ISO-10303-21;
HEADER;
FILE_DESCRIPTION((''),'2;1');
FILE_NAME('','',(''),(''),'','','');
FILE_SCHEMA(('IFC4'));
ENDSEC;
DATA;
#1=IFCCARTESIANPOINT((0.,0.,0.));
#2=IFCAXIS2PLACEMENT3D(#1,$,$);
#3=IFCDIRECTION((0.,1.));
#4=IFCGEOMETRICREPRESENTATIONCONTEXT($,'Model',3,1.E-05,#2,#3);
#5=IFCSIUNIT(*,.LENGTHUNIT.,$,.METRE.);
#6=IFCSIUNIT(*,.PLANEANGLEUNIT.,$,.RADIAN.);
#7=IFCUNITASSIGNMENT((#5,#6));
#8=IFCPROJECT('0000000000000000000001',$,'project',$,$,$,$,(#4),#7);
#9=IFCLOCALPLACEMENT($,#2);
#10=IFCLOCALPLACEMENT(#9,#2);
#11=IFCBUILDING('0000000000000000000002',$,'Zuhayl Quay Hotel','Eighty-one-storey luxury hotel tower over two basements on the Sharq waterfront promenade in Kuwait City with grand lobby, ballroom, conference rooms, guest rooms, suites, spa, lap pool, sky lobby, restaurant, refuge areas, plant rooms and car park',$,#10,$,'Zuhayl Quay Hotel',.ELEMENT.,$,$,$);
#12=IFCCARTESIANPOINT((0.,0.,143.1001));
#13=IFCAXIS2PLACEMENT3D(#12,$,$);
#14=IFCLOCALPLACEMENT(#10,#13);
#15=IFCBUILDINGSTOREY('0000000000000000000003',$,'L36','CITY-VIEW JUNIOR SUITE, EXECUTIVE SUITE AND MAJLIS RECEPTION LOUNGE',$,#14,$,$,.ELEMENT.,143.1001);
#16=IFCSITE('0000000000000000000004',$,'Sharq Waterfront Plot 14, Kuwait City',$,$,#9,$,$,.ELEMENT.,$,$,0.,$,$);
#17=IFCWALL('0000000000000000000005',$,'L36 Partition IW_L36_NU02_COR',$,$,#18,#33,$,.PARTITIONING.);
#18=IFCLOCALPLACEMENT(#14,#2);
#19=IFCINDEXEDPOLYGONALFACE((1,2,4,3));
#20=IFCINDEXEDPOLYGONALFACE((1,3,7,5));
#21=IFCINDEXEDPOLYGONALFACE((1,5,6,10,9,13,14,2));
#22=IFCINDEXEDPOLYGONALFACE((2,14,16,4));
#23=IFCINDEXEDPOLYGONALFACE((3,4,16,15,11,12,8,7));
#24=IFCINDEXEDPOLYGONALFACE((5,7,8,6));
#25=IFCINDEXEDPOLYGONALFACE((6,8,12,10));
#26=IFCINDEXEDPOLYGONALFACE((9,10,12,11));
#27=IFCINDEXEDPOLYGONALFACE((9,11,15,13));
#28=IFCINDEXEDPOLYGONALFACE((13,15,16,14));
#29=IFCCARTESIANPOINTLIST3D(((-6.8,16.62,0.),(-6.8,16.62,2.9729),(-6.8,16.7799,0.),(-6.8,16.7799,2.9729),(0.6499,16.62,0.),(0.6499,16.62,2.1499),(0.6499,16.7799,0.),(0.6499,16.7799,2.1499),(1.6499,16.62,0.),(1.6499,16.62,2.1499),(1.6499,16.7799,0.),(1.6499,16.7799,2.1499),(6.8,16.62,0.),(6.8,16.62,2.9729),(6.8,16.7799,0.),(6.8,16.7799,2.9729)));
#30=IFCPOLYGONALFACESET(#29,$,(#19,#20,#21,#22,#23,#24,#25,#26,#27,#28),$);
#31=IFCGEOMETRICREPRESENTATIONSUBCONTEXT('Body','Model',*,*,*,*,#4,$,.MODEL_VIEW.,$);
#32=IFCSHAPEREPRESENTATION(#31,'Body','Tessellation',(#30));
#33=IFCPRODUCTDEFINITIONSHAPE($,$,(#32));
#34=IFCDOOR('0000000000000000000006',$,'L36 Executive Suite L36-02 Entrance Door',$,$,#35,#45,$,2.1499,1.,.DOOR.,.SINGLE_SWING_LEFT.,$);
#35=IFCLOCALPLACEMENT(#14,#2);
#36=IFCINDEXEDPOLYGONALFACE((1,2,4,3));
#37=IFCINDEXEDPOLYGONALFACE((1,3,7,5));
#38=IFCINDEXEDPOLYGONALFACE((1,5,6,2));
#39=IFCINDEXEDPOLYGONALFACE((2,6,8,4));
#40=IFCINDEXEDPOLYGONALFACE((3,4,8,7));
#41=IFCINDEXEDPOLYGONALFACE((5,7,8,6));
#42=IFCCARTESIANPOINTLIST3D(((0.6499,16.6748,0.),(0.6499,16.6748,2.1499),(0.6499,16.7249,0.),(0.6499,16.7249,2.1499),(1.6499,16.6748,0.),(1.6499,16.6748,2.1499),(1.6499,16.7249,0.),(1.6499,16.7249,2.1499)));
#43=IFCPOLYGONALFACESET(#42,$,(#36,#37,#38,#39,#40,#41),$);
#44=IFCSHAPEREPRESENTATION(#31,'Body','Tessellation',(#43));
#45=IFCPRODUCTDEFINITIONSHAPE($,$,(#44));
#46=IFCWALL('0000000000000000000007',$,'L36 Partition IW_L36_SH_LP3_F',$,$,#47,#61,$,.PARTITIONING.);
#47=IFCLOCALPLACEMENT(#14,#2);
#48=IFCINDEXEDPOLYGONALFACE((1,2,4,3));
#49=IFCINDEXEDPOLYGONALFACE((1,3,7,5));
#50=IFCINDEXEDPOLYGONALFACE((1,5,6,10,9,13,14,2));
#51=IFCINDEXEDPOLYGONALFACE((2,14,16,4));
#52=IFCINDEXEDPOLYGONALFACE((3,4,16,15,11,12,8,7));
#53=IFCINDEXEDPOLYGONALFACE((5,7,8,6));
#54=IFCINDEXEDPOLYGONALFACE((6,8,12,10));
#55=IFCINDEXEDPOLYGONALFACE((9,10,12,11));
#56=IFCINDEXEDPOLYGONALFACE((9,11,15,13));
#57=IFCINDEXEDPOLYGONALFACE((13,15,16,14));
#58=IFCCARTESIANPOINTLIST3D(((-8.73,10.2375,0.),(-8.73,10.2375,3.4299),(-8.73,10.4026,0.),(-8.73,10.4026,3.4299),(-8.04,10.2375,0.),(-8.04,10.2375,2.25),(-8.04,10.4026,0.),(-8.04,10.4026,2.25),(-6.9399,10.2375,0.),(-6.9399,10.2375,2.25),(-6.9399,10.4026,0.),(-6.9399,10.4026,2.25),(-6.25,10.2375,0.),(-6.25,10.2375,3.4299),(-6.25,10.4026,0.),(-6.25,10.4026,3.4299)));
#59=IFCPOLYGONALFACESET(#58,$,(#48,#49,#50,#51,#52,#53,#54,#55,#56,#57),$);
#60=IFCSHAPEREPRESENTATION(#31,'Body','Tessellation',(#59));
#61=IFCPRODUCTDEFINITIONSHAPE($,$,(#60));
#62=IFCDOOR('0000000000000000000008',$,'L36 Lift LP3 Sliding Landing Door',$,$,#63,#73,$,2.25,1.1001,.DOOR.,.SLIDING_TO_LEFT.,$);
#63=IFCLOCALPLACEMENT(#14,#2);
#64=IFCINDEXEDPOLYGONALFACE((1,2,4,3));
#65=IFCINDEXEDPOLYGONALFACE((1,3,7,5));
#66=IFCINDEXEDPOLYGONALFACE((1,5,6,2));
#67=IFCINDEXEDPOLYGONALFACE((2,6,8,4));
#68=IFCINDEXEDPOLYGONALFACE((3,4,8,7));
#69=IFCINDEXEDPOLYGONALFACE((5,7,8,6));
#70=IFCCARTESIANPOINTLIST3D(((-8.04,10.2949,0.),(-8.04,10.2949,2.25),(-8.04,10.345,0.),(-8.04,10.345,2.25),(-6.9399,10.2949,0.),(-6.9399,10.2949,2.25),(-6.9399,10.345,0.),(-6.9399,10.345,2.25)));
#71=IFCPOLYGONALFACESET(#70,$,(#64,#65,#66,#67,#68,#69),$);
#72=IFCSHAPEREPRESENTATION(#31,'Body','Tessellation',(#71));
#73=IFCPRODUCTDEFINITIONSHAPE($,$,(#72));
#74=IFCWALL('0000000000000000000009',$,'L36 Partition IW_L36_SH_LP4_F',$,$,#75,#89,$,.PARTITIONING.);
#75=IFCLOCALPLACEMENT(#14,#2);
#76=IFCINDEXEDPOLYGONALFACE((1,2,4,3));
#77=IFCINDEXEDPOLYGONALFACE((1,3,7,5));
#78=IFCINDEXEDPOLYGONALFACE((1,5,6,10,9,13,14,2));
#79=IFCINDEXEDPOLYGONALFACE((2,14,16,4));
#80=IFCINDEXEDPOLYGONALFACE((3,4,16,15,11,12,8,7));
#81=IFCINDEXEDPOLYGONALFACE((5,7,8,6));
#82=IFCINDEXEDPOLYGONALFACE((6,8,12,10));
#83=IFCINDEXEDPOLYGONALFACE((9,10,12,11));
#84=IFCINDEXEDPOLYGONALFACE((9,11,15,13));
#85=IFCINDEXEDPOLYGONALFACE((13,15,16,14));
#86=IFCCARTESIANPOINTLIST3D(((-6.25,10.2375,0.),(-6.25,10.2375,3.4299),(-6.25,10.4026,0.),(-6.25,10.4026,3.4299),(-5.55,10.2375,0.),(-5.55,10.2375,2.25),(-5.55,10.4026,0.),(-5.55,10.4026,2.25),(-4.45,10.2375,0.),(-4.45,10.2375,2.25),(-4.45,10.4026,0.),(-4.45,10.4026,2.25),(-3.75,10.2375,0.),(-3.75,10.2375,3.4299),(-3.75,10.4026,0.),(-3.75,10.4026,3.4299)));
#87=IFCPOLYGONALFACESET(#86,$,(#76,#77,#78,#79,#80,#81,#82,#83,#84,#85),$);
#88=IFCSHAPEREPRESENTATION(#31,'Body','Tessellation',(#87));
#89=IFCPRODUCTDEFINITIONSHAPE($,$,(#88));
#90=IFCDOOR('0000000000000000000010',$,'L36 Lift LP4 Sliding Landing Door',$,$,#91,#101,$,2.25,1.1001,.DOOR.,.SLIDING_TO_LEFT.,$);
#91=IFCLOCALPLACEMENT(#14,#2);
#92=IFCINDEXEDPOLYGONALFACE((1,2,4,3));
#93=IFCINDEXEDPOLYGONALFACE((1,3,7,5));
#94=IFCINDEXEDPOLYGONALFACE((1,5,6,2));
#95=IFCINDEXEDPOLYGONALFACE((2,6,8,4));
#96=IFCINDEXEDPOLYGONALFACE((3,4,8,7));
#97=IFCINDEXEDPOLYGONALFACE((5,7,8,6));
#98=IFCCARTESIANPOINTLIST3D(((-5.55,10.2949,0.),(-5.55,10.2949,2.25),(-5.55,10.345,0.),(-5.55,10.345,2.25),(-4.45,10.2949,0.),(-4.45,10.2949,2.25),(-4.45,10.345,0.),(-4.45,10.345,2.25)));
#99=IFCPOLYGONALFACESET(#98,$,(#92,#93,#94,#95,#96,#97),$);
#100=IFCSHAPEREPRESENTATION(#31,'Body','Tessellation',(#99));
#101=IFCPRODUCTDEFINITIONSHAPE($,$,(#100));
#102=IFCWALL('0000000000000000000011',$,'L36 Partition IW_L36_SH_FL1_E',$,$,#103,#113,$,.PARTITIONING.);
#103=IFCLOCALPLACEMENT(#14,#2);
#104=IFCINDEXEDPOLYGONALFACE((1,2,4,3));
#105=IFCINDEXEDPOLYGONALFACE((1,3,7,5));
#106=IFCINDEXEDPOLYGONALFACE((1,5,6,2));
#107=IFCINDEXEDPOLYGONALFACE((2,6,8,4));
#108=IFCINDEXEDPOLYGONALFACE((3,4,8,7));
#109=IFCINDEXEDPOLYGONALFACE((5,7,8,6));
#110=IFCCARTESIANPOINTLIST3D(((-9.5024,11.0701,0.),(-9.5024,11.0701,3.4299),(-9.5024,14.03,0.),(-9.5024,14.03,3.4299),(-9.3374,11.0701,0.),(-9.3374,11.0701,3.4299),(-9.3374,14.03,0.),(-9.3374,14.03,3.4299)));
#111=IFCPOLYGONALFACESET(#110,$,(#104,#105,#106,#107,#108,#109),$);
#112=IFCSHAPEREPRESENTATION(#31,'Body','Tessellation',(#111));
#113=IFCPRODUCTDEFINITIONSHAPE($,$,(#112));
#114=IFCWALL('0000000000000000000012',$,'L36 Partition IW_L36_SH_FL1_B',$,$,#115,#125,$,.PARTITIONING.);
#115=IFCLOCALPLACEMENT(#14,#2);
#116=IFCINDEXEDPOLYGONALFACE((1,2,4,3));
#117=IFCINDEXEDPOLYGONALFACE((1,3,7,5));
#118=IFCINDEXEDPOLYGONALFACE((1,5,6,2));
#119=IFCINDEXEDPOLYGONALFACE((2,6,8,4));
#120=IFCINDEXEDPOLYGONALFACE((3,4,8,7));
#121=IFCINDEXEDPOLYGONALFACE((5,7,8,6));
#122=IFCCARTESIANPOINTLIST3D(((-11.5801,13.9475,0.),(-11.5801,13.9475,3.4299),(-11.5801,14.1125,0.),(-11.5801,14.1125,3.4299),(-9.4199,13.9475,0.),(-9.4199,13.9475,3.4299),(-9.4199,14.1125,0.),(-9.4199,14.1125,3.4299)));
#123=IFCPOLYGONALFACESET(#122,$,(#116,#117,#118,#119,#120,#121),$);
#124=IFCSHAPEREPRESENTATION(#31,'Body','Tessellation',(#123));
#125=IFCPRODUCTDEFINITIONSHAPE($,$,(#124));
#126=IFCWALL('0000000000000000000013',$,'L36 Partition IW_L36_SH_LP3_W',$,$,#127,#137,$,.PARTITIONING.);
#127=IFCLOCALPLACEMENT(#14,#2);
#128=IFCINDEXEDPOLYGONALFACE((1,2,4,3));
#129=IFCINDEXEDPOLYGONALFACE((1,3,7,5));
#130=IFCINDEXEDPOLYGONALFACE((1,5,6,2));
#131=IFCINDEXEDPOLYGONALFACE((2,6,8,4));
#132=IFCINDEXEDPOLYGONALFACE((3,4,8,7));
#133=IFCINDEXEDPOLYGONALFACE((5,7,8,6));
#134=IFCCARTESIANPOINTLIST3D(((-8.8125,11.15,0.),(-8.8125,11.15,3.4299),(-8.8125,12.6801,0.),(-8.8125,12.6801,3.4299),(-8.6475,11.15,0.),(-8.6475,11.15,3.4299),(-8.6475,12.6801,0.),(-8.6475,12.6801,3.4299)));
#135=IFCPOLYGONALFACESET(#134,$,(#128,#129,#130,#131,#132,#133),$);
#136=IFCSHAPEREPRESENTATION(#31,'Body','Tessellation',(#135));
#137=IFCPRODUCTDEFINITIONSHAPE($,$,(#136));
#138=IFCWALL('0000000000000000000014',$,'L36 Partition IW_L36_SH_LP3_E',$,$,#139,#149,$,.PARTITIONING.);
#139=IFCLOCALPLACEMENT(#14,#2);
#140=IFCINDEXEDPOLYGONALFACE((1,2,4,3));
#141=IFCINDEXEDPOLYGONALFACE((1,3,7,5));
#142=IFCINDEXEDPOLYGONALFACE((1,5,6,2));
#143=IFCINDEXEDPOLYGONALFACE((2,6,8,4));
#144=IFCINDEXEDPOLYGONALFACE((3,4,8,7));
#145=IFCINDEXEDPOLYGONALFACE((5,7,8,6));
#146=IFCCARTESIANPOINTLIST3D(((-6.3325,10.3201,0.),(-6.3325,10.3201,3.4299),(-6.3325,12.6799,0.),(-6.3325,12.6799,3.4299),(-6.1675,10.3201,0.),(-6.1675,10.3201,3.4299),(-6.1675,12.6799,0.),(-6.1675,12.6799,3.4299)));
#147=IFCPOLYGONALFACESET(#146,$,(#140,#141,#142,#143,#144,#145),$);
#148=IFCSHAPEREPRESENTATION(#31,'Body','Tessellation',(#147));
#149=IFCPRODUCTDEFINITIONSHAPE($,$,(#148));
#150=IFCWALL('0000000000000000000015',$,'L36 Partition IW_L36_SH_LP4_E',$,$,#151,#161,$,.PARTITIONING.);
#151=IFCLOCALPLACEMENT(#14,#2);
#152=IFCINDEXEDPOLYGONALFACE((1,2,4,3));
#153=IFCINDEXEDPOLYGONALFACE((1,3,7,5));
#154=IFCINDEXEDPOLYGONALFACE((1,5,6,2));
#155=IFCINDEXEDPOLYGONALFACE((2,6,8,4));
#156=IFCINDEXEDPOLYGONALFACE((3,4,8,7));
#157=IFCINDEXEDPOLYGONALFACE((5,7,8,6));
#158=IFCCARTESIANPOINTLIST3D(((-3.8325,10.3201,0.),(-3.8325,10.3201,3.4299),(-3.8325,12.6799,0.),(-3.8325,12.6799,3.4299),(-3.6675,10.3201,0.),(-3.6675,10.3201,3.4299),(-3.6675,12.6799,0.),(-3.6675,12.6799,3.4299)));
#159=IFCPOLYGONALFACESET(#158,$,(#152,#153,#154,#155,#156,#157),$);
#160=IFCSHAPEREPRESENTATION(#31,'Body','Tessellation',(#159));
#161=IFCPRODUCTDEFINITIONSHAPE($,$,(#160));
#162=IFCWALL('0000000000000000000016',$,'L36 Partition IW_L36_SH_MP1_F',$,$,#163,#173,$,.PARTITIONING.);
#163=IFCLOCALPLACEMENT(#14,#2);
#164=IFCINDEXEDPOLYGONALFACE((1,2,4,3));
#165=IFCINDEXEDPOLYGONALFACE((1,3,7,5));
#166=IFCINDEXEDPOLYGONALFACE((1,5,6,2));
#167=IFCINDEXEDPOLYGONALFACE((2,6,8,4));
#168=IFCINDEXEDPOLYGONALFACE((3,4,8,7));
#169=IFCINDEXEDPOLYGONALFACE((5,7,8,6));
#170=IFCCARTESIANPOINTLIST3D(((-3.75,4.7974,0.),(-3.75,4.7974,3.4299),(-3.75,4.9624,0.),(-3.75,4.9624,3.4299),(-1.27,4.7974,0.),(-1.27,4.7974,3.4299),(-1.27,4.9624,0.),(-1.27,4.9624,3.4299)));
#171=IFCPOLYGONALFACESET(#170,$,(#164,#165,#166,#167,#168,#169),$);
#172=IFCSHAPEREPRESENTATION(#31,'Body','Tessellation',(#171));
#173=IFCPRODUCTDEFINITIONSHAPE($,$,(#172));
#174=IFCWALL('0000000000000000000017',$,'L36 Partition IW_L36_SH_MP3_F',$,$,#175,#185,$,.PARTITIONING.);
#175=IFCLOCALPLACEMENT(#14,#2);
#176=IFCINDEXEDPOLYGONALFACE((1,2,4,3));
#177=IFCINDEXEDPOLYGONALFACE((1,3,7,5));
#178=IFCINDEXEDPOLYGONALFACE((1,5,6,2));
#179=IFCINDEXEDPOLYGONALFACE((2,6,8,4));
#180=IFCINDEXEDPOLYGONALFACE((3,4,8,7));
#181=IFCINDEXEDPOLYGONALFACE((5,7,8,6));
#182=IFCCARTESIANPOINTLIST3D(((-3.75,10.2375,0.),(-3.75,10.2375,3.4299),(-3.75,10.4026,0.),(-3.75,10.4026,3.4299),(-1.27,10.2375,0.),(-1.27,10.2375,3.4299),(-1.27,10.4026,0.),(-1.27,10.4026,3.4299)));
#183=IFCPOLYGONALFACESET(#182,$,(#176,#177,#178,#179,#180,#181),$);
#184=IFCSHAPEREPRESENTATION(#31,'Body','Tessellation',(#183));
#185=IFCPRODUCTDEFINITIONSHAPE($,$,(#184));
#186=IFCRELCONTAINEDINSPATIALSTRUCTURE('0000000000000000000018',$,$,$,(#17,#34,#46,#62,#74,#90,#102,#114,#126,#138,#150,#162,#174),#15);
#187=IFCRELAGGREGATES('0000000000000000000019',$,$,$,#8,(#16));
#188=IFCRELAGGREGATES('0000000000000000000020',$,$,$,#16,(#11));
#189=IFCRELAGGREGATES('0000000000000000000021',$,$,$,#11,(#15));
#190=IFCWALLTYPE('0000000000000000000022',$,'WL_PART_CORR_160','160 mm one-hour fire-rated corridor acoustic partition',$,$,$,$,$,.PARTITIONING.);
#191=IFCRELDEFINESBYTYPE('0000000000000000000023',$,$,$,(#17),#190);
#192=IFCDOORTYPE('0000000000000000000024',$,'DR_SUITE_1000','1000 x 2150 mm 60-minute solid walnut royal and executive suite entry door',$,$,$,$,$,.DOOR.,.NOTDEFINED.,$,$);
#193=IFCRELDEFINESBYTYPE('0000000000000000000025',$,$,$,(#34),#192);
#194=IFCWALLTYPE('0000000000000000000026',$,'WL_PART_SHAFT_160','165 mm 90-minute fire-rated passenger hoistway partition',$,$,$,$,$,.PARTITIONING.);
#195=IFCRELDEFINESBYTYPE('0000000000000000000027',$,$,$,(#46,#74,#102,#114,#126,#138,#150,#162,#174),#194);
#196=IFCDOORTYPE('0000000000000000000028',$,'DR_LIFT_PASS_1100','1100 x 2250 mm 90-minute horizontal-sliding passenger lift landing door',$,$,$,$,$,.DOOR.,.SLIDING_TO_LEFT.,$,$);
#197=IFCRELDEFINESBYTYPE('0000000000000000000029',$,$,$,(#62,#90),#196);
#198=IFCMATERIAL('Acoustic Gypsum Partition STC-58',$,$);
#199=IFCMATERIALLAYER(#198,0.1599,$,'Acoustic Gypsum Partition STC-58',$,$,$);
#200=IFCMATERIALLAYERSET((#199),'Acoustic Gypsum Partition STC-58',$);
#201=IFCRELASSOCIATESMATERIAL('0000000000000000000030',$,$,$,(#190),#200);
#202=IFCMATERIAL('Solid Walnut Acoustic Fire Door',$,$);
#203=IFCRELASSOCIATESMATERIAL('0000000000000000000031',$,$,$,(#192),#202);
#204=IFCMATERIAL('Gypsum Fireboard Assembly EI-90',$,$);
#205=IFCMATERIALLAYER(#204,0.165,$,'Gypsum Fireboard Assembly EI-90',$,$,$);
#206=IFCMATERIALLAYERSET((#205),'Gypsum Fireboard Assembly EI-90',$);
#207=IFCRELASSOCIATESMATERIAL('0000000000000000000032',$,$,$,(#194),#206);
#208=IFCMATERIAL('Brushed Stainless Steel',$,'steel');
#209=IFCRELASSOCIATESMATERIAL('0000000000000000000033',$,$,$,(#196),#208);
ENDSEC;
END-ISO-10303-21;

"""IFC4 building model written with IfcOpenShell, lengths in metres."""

from ifc_helpers import new_model, si_unit, direction, frame, frame_2d, origin, place, context, subcontext, project, spatial, rectangle, extrude, material, layer, layer_set, type_object, element, fill, save


model = new_model("IFC4")

# Units and contexts
model_context = context("Model", 3, precision=1e-05, world=origin(), true_north=direction((0.0, 1.0)))
body_context = subcontext(model_context, "Body", "Model", "MODEL_VIEW")
ifc_project = project(units=[si_unit("LENGTHUNIT", "METRE"), si_unit("PLANEANGLEUNIT", "RADIAN")], contexts=[model_context])

# Site, building, storey
site_placement = place(None, origin())
site = spatial("IfcSite", under=ifc_project, at=site_placement, Name="Sharq Waterfront Plot 14, Kuwait City", CompositionType="ELEMENT", RefElevation=0.0)
building_placement = place(site_placement, origin())
building = spatial("IfcBuilding", under=site, at=building_placement, Name="Zuhayl Quay Hotel", Description="Eighty-one-storey luxury hotel tower over two basements on the Sharq waterfront promenade in Kuwait City with grand lobby, ballroom, conference rooms, guest rooms, suites, spa, lap pool, sky lobby, restaurant, refuge areas, plant rooms and car park", LongName="Zuhayl Quay Hotel", CompositionType="ELEMENT")
storey_placement = place(building_placement, frame((0.0, 0.0, 143.1001)))
storey = spatial("IfcBuildingStorey", under=building, at=storey_placement, Name="L36", Description="CITY-VIEW JUNIOR SUITE, EXECUTIVE SUITE AND MAJLIS RECEPTION LOUNGE", CompositionType="ELEMENT", Elevation=143.1001)

# Shared definitions
ifc_material_1 = material(Name="Acoustic Gypsum Partition STC-58")

# Walls, openings, doors
ifc_layer_1 = layer(ifc_material_1, 0.1599, Name="Acoustic Gypsum Partition STC-58")
ifc_layer_set_1 = layer_set([ifc_layer_1], Name="Acoustic Gypsum Partition STC-58")
wall_type_1 = type_object("IfcWallType", Name="WL_PART_CORR_160", Description="160 mm one-hour fire-rated corridor acoustic partition", PredefinedType="PARTITIONING", material=ifc_layer_set_1)
wall_1_placement = place(storey_placement, frame((-6.8, 16.7, 0.0), z_axis=(0.0, 0.0, 1.0), x_axis=(1.0, 0.0, 0.0)))
wall_1 = element("IfcWall", 1, at=wall_1_placement, inside=storey, type_object=wall_type_1, Name="L36 Partition IW_L36_NU02_COR", PredefinedType="PARTITIONING", context=body_context, shape_type="SweptSolid", body=[
    extrude(rectangle(XDim=13.6001, YDim=0.1599, at=frame_2d((6.8, 0.0))), origin(), (0.0, 0.0, 1.0), 2.9729),
])
opening_1_placement = place(wall_1_placement, frame((7.45, 0.0, 0.0)))
opening_1 = element("IfcOpeningElement", 2, at=opening_1_placement, cuts=wall_1, PredefinedType="OPENING", context=body_context, shape_type="SweptSolid", body=[
    extrude(rectangle(XDim=1.0, YDim=2.1499, at=frame_2d((0.5, 1.075))), frame((0.0, 0.0898, 0.0), z_axis=(0.0, -1.0, 0.0), x_axis=(1.0, 0.0, 0.0)), (0.0, 0.0, 1.0), 0.1799),
])
ifc_material_2 = material(Name="Solid Walnut Acoustic Fire Door")
door_type_1 = type_object("IfcDoorType", Name="DR_SUITE_1000", Description="1000 x 2150 mm 60-minute solid walnut royal and executive suite entry door", OperationType="NOTDEFINED", PredefinedType="DOOR", material=ifc_material_2)
door_1_placement = place(opening_1_placement, origin())
door_1 = element("IfcDoor", 3, at=door_1_placement, inside=storey, type_object=door_type_1, Name="L36 Executive Suite L36-02 Entrance Door", OperationType="SINGLE_SWING_LEFT", OverallHeight=2.1499, OverallWidth=1.0, PredefinedType="DOOR", context=body_context, shape_type="SweptSolid", body=[
    extrude(rectangle(XDim=1.0, YDim=2.1499, at=frame_2d((0.5, 1.075))), frame((0.0, 0.0249, 0.0), z_axis=(0.0, -1.0, 0.0), x_axis=(1.0, 0.0, 0.0)), (0.0, 0.0, 1.0), 0.05),
])
fill(opening_1, door_1)
ifc_material_3 = material(Name="Gypsum Fireboard Assembly EI-90")
ifc_layer_2 = layer(ifc_material_3, 0.165, Name="Gypsum Fireboard Assembly EI-90")
ifc_layer_set_2 = layer_set([ifc_layer_2], Name="Gypsum Fireboard Assembly EI-90")
wall_type_2 = type_object("IfcWallType", Name="WL_PART_SHAFT_160", Description="165 mm 90-minute fire-rated passenger hoistway partition", PredefinedType="PARTITIONING", material=ifc_layer_set_2)
wall_2_placement = place(storey_placement, frame((-8.73, 10.3201, 0.0), z_axis=(0.0, 0.0, 1.0), x_axis=(1.0, 0.0, 0.0)))
wall_2 = element("IfcWall", 4, at=wall_2_placement, inside=storey, type_object=wall_type_2, Name="L36 Partition IW_L36_SH_LP3_F", PredefinedType="PARTITIONING", context=body_context, shape_type="SweptSolid", body=[
    extrude(rectangle(XDim=2.48, YDim=0.165, at=frame_2d((1.24, 0.0))), origin(), (0.0, 0.0, 1.0), 3.4299),
])
opening_2_placement = place(wall_2_placement, frame((0.6899, 0.0, 0.0)))
opening_2 = element("IfcOpeningElement", 5, at=opening_2_placement, cuts=wall_2, PredefinedType="OPENING", context=body_context, shape_type="SweptSolid", body=[
    extrude(rectangle(XDim=1.1001, YDim=2.25, at=frame_2d((0.55, 1.125))), frame((0.0, 0.0925, 0.0), z_axis=(0.0, -1.0, 0.0), x_axis=(1.0, 0.0, 0.0)), (0.0, 0.0, 1.0), 0.1851),
])
ifc_material_4 = material(Name="Brushed Stainless Steel", Category="steel")
door_type_2 = type_object("IfcDoorType", Name="DR_LIFT_PASS_1100", Description="1100 x 2250 mm 90-minute horizontal-sliding passenger lift landing door", OperationType="SLIDING_TO_LEFT", PredefinedType="DOOR", material=ifc_material_4)
door_2_placement = place(opening_2_placement, origin())
door_2 = element("IfcDoor", 6, at=door_2_placement, inside=storey, type_object=door_type_2, Name="L36 Lift LP3 Sliding Landing Door", OperationType="SLIDING_TO_LEFT", OverallHeight=2.25, OverallWidth=1.1001, PredefinedType="DOOR", context=body_context, shape_type="SweptSolid", body=[
    extrude(rectangle(XDim=1.1001, YDim=2.25, at=frame_2d((0.55, 1.125))), frame((0.0, 0.0249, 0.0), z_axis=(0.0, -1.0, 0.0), x_axis=(1.0, 0.0, 0.0)), (0.0, 0.0, 1.0), 0.05),
])
fill(opening_2, door_2)
wall_3_placement = place(storey_placement, frame((-6.25, 10.3201, 0.0), z_axis=(0.0, 0.0, 1.0), x_axis=(1.0, 0.0, 0.0)))
wall_3 = element("IfcWall", 7, at=wall_3_placement, inside=storey, type_object=wall_type_2, Name="L36 Partition IW_L36_SH_LP4_F", PredefinedType="PARTITIONING", context=body_context, shape_type="SweptSolid", body=[
    extrude(rectangle(XDim=2.5, YDim=0.165, at=frame_2d((1.25, 0.0))), origin(), (0.0, 0.0, 1.0), 3.4299),
])
opening_3_placement = place(wall_3_placement, frame((0.7, 0.0, 0.0)))
opening_3 = element("IfcOpeningElement", 8, at=opening_3_placement, cuts=wall_3, PredefinedType="OPENING", context=body_context, shape_type="SweptSolid", body=[
    extrude(rectangle(XDim=1.1001, YDim=2.25, at=frame_2d((0.55, 1.125))), frame((0.0, 0.0925, 0.0), z_axis=(0.0, -1.0, 0.0), x_axis=(1.0, 0.0, 0.0)), (0.0, 0.0, 1.0), 0.1851),
])
door_3_placement = place(opening_3_placement, origin())
door_3 = element("IfcDoor", 9, at=door_3_placement, inside=storey, type_object=door_type_2, Name="L36 Lift LP4 Sliding Landing Door", OperationType="SLIDING_TO_LEFT", OverallHeight=2.25, OverallWidth=1.1001, PredefinedType="DOOR", context=body_context, shape_type="SweptSolid", body=[
    extrude(rectangle(XDim=1.1001, YDim=2.25, at=frame_2d((0.55, 1.125))), frame((0.0, 0.0249, 0.0), z_axis=(0.0, -1.0, 0.0), x_axis=(1.0, 0.0, 0.0)), (0.0, 0.0, 1.0), 0.05),
])
fill(opening_3, door_3)

# Walls
wall_4_placement = place(storey_placement, frame((-9.4199, 11.0701, 0.0), z_axis=(0.0, 0.0, 1.0), x_axis=(0.0, 1.0, 0.0)))
element("IfcWall", 10, at=wall_4_placement, inside=storey, type_object=wall_type_2, Name="L36 Partition IW_L36_SH_FL1_E", PredefinedType="PARTITIONING", context=body_context, shape_type="SweptSolid", body=[
    extrude(rectangle(XDim=2.96, YDim=0.165, at=frame_2d((1.48, 0.0))), origin(), (0.0, 0.0, 1.0), 3.4299),
])
wall_5_placement = place(storey_placement, frame((-11.5801, 14.03, 0.0), z_axis=(0.0, 0.0, 1.0), x_axis=(1.0, 0.0, 0.0)))
element("IfcWall", 11, at=wall_5_placement, inside=storey, type_object=wall_type_2, Name="L36 Partition IW_L36_SH_FL1_B", PredefinedType="PARTITIONING", context=body_context, shape_type="SweptSolid", body=[
    extrude(rectangle(XDim=2.1602, YDim=0.165, at=frame_2d((1.0801, 0.0))), origin(), (0.0, 0.0, 1.0), 3.4299),
])
wall_6_placement = place(storey_placement, frame((-8.73, 11.1499, 0.0), z_axis=(0.0, 0.0, 1.0), x_axis=(0.0, 1.0, 0.0)))
element("IfcWall", 12, at=wall_6_placement, inside=storey, type_object=wall_type_2, Name="L36 Partition IW_L36_SH_LP3_W", PredefinedType="PARTITIONING", context=body_context, shape_type="SweptSolid", body=[
    extrude(rectangle(XDim=1.53, YDim=0.165, at=frame_2d((0.7651, 0.0))), origin(), (0.0, 0.0, 1.0), 3.4299),
])
for number, where, z_axis, x_axis, name in (
    (13, (-6.25, 10.3201, 0.0), (0.0, 0.0, 1.0), (0.0, 1.0, 0.0), "L36 Partition IW_L36_SH_LP3_E"),
    (14, (-3.75, 10.3201, 0.0), (0.0, 0.0, 1.0), (0.0, 1.0, 0.0), "L36 Partition IW_L36_SH_LP4_E"),
):
    element("IfcWall", number, at=place(storey_placement, frame(where, z_axis=z_axis, x_axis=x_axis)), inside=storey, type_object=wall_type_2, Name=name, PredefinedType="PARTITIONING", context=body_context, shape_type="SweptSolid", body=[
        extrude(rectangle(XDim=2.3599, YDim=0.165, at=frame_2d((1.1799, 0.0))), origin(), (0.0, 0.0, 1.0), 3.4299),
    ])
for number, where, z_axis, x_axis, name in (
    (15, (-3.75, 4.8799, 0.0), (0.0, 0.0, 1.0), (1.0, 0.0, 0.0), "L36 Partition IW_L36_SH_MP1_F"),
    (16, (-3.75, 10.3201, 0.0), (0.0, 0.0, 1.0), (1.0, 0.0, 0.0), "L36 Partition IW_L36_SH_MP3_F"),
):
    element("IfcWall", number, at=place(storey_placement, frame(where, z_axis=z_axis, x_axis=x_axis)), inside=storey, type_object=wall_type_2, Name=name, PredefinedType="PARTITIONING", context=body_context, shape_type="SweptSolid", body=[
        extrude(rectangle(XDim=2.48, YDim=0.165, at=frame_2d((1.24, 0.0))), origin(), (0.0, 0.0, 1.0), 3.4299),
    ])

save(model, "model.ifc")
